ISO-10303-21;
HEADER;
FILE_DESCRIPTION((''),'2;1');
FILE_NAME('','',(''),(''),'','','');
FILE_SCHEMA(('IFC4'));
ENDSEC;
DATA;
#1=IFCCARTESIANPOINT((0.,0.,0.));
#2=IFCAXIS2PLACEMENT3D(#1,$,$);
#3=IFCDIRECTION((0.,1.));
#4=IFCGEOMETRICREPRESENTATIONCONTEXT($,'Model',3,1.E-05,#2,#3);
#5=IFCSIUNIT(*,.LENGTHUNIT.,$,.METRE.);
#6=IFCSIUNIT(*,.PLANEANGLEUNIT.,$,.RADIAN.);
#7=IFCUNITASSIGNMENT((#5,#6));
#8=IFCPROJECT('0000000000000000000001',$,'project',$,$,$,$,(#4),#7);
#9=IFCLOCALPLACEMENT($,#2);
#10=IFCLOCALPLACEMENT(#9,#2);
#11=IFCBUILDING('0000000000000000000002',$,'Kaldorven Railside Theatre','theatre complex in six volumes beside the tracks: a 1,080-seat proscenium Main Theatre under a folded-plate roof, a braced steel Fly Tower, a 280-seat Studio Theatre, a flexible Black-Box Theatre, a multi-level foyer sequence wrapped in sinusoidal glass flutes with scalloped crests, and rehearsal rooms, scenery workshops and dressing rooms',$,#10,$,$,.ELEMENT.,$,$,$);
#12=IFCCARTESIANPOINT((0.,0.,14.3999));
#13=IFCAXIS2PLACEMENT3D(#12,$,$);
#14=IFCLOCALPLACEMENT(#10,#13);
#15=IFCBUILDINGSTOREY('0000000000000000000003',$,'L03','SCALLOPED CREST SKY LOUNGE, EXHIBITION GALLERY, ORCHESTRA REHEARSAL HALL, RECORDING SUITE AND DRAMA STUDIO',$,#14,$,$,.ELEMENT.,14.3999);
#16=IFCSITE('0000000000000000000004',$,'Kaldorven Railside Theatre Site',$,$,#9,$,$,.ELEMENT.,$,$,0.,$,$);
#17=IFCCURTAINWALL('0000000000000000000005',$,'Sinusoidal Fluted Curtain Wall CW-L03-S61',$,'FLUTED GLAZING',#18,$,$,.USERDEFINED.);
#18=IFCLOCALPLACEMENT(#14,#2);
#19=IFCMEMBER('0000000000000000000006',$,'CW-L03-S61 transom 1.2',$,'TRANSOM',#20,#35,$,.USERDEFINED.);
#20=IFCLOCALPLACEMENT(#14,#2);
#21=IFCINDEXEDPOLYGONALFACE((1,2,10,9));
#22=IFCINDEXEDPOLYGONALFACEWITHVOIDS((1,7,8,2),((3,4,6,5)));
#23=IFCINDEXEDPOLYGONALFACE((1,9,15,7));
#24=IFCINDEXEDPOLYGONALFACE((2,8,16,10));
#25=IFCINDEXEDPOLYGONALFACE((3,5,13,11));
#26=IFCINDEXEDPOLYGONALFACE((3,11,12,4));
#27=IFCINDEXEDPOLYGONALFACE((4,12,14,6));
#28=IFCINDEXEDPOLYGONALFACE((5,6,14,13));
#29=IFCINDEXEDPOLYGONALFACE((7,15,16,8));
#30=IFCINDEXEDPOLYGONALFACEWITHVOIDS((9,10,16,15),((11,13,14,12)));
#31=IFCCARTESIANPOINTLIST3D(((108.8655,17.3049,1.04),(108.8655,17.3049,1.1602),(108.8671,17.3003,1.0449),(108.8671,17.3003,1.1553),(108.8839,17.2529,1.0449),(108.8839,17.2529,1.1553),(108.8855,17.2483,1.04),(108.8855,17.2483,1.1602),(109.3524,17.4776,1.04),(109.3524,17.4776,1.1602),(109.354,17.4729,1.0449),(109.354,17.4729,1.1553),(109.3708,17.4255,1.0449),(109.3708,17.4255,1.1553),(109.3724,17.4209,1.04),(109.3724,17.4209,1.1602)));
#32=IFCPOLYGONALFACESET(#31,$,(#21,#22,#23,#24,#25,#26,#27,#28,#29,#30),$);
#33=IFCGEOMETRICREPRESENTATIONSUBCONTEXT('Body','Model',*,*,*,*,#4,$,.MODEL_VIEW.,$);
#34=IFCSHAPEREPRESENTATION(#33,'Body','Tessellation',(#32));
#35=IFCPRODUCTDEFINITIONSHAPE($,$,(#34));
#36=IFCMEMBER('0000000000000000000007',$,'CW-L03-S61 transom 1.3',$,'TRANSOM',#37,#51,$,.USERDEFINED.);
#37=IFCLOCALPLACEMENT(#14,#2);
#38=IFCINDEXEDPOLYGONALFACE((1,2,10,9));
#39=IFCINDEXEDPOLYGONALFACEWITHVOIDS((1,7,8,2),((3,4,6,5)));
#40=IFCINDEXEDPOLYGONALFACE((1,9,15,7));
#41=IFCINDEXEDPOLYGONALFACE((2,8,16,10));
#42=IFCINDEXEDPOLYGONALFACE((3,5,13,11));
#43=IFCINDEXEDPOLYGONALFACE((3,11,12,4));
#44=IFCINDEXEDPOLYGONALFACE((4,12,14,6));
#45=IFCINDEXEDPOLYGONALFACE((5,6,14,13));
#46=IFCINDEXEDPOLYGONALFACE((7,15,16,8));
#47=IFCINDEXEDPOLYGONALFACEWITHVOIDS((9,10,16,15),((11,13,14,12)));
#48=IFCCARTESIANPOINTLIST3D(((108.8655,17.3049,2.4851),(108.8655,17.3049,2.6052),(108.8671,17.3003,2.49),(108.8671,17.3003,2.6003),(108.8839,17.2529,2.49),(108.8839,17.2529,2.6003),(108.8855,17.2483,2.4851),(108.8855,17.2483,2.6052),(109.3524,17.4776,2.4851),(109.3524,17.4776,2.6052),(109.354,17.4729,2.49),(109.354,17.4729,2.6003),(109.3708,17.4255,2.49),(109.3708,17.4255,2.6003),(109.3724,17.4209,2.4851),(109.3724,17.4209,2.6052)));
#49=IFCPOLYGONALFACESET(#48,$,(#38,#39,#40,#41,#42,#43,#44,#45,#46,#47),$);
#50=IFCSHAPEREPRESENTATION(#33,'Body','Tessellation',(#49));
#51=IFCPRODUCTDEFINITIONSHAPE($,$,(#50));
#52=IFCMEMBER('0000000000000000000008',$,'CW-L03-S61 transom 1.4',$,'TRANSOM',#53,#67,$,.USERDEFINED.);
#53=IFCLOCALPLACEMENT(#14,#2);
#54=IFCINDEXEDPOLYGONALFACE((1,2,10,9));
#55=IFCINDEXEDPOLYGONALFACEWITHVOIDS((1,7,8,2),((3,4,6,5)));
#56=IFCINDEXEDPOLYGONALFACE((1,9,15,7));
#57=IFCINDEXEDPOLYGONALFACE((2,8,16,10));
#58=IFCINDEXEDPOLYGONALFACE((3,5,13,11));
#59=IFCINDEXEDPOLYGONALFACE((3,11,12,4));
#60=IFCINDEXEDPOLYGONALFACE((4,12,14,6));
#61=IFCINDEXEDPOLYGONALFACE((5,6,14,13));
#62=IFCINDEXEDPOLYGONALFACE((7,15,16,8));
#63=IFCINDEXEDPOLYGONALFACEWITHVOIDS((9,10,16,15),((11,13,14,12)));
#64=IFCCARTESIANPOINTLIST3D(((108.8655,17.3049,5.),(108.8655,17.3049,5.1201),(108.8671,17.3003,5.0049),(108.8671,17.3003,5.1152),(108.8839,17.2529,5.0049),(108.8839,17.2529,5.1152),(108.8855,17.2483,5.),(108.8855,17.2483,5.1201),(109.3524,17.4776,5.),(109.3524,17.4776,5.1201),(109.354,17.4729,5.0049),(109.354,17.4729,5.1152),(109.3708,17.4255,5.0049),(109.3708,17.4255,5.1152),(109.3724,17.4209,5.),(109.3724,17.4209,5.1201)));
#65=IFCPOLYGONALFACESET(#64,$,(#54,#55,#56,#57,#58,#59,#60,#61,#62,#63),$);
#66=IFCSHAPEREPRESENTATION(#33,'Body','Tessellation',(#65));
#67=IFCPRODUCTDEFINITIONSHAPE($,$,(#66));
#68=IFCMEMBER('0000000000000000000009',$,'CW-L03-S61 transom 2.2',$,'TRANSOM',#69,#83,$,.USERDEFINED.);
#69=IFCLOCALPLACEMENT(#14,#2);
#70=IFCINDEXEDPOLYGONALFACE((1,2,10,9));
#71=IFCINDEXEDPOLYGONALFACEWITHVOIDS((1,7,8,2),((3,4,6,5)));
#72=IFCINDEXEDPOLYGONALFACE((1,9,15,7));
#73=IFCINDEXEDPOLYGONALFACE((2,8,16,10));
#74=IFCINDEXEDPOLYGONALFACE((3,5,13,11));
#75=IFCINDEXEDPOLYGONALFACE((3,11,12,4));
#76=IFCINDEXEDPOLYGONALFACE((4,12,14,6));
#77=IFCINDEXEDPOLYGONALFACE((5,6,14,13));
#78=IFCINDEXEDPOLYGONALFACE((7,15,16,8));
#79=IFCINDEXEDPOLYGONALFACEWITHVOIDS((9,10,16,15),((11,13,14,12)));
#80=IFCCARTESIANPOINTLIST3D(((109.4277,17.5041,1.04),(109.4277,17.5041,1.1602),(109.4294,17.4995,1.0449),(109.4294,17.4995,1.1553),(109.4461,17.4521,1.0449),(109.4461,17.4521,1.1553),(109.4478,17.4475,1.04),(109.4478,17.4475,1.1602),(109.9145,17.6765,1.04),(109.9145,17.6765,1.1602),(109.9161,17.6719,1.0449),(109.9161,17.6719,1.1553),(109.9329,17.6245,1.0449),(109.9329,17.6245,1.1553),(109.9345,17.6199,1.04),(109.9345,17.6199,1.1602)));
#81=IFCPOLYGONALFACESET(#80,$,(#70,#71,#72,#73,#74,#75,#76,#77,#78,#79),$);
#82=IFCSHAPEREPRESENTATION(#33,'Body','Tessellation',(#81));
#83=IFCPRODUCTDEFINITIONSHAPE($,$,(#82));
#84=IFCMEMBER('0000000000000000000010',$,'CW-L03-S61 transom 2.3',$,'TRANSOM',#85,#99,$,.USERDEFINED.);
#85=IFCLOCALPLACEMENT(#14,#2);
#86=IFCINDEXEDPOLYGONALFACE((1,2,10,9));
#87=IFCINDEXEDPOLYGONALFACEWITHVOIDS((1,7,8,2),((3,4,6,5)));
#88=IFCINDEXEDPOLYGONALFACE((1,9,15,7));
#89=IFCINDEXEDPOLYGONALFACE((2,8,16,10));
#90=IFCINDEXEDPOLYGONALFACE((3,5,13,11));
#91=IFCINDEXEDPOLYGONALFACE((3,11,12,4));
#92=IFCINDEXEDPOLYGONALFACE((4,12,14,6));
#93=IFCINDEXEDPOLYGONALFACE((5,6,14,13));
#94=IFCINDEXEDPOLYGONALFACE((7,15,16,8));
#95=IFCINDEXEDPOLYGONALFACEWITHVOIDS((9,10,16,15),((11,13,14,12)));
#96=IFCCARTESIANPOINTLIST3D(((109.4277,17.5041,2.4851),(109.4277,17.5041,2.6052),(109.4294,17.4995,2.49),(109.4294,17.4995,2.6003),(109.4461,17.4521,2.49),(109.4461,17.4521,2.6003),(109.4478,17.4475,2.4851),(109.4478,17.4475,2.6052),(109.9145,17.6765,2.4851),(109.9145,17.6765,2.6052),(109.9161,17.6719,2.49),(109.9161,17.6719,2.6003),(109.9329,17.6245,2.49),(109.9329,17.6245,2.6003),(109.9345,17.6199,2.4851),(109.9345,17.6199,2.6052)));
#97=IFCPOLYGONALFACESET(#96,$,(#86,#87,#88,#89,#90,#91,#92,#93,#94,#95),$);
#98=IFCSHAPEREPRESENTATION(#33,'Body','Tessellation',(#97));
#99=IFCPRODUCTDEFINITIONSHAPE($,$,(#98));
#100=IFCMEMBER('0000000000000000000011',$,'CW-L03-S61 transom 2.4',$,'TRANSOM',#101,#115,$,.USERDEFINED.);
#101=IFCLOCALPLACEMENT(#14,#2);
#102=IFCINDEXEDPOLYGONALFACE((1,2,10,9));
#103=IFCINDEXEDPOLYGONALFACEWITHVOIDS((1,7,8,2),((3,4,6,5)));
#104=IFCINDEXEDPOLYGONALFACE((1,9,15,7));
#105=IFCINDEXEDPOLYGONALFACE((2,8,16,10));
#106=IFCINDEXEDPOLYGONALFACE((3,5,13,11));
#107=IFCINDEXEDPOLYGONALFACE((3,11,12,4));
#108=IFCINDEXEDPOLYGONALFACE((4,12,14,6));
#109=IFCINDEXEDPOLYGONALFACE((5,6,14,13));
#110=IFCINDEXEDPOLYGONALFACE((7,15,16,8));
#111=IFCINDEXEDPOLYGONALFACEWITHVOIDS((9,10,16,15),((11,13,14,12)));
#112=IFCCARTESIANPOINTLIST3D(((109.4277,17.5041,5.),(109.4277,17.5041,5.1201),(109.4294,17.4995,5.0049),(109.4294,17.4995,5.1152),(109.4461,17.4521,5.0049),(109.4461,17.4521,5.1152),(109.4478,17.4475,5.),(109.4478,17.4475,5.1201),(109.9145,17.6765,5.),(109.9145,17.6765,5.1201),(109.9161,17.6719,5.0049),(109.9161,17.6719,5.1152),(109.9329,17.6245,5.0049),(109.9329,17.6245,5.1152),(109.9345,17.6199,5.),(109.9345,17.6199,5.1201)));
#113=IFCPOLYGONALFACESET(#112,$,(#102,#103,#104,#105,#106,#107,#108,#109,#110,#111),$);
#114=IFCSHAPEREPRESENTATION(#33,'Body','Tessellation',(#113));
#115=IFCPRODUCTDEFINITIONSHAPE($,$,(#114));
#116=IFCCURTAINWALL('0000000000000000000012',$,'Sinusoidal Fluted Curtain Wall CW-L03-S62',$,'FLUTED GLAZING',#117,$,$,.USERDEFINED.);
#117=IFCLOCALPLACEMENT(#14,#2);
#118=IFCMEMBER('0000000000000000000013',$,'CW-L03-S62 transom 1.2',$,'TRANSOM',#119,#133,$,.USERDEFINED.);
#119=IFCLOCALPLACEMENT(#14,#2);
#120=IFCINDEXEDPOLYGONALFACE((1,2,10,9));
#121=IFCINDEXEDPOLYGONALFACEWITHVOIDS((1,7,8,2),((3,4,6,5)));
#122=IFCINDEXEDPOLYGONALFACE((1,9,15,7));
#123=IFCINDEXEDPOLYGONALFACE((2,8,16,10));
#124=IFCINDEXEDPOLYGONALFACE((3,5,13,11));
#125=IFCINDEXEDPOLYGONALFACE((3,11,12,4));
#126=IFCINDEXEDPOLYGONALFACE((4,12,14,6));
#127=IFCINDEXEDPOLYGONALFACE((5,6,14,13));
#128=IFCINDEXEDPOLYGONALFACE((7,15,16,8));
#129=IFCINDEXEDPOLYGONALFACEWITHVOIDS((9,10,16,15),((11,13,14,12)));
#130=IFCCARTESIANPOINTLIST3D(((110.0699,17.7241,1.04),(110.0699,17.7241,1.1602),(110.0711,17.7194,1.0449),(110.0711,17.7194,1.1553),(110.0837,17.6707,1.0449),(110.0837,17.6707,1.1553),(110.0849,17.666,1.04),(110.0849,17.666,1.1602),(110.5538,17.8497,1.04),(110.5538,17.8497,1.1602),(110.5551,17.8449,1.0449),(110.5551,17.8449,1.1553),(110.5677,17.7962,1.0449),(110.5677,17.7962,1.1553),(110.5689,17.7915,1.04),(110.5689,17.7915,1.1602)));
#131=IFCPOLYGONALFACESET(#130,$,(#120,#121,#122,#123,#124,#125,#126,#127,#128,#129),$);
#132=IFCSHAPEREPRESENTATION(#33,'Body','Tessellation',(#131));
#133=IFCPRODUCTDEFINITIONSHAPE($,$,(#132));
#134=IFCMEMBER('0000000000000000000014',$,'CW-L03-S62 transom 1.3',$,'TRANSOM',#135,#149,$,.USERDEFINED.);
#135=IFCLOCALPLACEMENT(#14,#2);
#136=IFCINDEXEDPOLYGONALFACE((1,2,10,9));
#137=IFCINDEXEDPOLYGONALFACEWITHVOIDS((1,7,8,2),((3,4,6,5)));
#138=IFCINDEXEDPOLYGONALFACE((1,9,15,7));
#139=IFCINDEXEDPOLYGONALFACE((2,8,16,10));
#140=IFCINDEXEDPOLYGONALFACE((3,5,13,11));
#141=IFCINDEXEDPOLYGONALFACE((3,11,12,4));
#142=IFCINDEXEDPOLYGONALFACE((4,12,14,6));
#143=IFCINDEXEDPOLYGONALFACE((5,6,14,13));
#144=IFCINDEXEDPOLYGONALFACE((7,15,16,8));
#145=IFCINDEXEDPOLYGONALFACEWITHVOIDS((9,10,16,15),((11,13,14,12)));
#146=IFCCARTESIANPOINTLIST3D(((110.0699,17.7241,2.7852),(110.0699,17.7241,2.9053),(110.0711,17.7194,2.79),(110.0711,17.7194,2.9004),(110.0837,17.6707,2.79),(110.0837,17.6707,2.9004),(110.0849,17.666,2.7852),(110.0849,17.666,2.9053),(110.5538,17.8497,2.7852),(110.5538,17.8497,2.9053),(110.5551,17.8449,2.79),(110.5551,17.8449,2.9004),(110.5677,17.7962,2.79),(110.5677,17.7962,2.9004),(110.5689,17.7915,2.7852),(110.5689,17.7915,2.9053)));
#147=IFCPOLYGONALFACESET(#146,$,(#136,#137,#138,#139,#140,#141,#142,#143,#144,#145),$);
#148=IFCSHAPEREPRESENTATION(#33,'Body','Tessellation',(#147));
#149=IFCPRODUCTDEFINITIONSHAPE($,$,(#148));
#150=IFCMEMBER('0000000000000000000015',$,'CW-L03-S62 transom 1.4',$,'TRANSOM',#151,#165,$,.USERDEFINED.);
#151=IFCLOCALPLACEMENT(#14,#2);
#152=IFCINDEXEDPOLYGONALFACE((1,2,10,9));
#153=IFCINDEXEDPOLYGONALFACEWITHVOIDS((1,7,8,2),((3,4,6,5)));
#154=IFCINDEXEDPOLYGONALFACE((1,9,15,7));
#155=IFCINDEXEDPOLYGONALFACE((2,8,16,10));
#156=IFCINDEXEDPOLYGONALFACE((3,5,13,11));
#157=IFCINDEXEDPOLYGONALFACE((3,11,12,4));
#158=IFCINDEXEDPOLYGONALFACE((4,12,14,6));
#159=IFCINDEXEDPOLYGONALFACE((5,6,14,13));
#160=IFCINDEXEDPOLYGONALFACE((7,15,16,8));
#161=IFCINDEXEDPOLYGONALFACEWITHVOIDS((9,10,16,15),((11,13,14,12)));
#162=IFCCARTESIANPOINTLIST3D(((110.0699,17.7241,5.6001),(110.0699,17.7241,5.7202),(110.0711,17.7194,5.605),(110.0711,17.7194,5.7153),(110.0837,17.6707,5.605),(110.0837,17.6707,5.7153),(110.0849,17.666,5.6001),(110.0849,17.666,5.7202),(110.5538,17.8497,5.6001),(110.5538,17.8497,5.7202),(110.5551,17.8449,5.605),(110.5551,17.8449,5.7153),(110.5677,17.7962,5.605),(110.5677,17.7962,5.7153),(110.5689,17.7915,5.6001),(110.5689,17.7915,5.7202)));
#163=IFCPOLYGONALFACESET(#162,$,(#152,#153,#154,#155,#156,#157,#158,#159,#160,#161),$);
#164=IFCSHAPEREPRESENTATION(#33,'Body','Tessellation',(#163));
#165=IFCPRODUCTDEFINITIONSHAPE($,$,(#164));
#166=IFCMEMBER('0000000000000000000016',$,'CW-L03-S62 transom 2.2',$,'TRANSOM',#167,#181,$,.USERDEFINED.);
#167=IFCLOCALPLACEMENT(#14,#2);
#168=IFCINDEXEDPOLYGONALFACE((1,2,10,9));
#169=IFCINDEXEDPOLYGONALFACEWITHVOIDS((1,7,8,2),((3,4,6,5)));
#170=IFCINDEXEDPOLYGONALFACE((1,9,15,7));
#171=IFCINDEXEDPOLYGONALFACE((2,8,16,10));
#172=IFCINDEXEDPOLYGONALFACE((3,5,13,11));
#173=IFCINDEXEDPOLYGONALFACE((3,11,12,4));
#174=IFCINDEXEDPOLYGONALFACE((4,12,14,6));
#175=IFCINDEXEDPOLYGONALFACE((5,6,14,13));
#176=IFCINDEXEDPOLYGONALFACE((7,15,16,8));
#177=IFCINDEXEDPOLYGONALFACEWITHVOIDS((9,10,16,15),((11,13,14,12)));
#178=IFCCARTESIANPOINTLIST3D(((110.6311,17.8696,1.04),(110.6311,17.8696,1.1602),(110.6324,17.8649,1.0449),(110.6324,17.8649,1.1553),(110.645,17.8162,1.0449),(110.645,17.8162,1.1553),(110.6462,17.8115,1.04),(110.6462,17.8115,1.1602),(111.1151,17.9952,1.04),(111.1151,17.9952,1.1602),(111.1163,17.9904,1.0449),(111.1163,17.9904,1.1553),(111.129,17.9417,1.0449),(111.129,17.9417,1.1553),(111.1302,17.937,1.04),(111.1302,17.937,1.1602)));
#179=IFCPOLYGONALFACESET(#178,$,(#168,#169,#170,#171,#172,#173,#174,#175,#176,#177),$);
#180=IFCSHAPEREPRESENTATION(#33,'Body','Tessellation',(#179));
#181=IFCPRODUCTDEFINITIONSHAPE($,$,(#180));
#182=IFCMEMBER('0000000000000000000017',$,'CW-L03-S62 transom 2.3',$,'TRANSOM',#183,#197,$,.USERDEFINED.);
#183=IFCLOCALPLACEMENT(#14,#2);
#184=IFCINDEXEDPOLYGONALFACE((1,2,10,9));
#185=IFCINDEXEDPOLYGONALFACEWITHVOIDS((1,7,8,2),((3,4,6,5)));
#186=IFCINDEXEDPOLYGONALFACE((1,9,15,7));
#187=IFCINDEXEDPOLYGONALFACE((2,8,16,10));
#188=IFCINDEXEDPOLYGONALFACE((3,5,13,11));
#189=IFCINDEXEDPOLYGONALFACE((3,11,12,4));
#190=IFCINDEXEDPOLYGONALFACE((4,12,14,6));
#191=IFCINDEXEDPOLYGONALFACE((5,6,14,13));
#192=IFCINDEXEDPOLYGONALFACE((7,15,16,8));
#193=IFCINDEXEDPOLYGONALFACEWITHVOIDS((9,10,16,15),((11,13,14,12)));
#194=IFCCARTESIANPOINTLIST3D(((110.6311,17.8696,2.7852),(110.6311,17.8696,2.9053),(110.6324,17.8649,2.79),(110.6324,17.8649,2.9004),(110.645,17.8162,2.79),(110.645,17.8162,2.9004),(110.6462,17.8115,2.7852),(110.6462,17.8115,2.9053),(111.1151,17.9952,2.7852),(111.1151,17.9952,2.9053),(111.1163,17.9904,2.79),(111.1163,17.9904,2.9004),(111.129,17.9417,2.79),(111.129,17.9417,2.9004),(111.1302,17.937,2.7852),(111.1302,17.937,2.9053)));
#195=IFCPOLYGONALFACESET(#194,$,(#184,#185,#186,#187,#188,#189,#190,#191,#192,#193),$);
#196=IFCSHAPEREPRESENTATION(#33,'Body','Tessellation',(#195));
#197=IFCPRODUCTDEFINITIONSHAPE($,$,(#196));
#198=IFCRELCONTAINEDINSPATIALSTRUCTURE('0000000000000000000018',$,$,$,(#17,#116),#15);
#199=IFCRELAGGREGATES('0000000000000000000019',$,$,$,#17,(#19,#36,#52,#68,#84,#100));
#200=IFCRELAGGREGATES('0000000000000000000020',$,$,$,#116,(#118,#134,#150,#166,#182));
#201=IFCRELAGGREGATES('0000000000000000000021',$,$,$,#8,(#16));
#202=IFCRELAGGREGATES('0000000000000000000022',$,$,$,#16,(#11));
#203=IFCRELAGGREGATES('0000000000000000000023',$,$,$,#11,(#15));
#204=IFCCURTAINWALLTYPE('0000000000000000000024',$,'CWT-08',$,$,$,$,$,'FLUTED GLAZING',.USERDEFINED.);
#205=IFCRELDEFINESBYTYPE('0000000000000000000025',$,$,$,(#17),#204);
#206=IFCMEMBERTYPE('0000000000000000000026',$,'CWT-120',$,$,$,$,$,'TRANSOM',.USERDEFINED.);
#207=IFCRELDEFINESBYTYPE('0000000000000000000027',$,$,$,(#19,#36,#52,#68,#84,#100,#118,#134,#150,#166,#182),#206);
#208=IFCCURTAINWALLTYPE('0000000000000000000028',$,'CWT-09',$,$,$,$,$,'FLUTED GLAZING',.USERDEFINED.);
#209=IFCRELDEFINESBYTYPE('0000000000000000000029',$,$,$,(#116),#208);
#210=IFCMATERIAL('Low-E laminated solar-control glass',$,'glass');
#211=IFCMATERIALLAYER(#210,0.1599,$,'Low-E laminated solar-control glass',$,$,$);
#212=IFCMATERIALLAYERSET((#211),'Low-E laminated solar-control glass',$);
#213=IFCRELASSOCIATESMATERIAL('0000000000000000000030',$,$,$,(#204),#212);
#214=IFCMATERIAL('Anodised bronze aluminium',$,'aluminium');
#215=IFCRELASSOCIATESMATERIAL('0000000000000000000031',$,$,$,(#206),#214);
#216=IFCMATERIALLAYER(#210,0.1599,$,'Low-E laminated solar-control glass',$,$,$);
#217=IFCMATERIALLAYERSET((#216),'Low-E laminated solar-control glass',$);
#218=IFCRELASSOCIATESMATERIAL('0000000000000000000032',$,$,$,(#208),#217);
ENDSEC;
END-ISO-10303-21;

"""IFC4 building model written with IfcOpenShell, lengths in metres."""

from ifc_helpers import new_model, si_unit, direction, frame, origin, origin_2d, place, context, subcontext, project, spatial, hollow_rectangle, extrude, material, layer, layer_set, material_profile, profile_set, type_object, element, aggregate, save


model = new_model("IFC4")

# Units and contexts
model_context = context("Model", 3, precision=1e-05, world=origin(), true_north=direction((0.0, 1.0)))
body_context = subcontext(model_context, "Body", "Model", "MODEL_VIEW")
ifc_project = project(units=[si_unit("LENGTHUNIT", "METRE"), si_unit("PLANEANGLEUNIT", "RADIAN")], contexts=[model_context])

# Site, building, storey
site_placement = place(None, origin())
site = spatial("IfcSite", under=ifc_project, at=site_placement, Name="Kaldorven Railside Theatre Site", CompositionType="ELEMENT", RefElevation=0.0)
building_placement = place(site_placement, origin())
building = spatial("IfcBuilding", under=site, at=building_placement, Name="Kaldorven Railside Theatre", Description="theatre complex in six volumes beside the tracks: a 1,080-seat proscenium Main Theatre under a folded-plate roof, a braced steel Fly Tower, a 280-seat Studio Theatre, a flexible Black-Box Theatre, a multi-level foyer sequence wrapped in sinusoidal glass flutes with scalloped crests, and rehearsal rooms, scenery workshops and dressing rooms", CompositionType="ELEMENT")
storey_placement = place(building_placement, frame((0.0, 0.0, 14.3999)))
storey = spatial("IfcBuildingStorey", under=building, at=storey_placement, Name="L03", Description="SCALLOPED CREST SKY LOUNGE, EXHIBITION GALLERY, ORCHESTRA REHEARSAL HALL, RECORDING SUITE AND DRAMA STUDIO", CompositionType="ELEMENT", Elevation=14.3999)

# Curtain walls, members
ifc_material_1 = material(Name="Low-E laminated solar-control glass", Category="glass")
ifc_layer_1 = layer(ifc_material_1, 0.1599, Name="Low-E laminated solar-control glass")
ifc_layer_set_1 = layer_set([ifc_layer_1], Name="Low-E laminated solar-control glass")
curtain_wall_type_1 = type_object("IfcCurtainWallType", Name="CWT-08", ElementType="FLUTED GLAZING", PredefinedType="USERDEFINED", material=ifc_layer_set_1)
curtain_wall_1_placement = place(storey_placement, origin())
curtain_wall_1 = element("IfcCurtainWall", 1, at=curtain_wall_1_placement, inside=storey, type_object=curtain_wall_type_1, Name="Sinusoidal Fluted Curtain Wall CW-L03-S61", ObjectType="FLUTED GLAZING", PredefinedType="USERDEFINED")
ifc_material_2 = material(Name="Anodised bronze aluminium", Category="aluminium")
ifc_material_profile = material_profile(ifc_material_2, hollow_rectangle(XDim=0.0601, YDim=0.1201, WallThickness=0.0049, at=origin_2d()), Name="RHS 120x60x5")
ifc_profile_set = profile_set([ifc_material_profile], Name="Anodised bronze aluminium")
member_type = type_object("IfcMemberType", Name="CWT-120", ElementType="TRANSOM", PredefinedType="USERDEFINED", material=ifc_profile_set)
member_1_placement = place(storey_placement, frame((108.8755, 17.2766, 1.1001), z_axis=(0.942509, 0.33418, 0.0), x_axis=(-0.33418, 0.942509, 0.0)))
member_1 = element("IfcMember", 2, at=member_1_placement, type_object=member_type, Name="CW-L03-S61 transom 1.2", ObjectType="TRANSOM", PredefinedType="USERDEFINED", context=body_context, shape_type="SweptSolid", body=[
    extrude(hollow_rectangle(XDim=0.0601, YDim=0.1201, WallThickness=0.0049, at=origin_2d()), origin(), (0.0, 0.0, 1.0), 0.5166),
])
member_2_placement = place(storey_placement, frame((108.8755, 17.2766, 2.5452), z_axis=(0.942509, 0.33418, 0.0), x_axis=(-0.33418, 0.942509, 0.0)))
member_2 = element("IfcMember", 3, at=member_2_placement, type_object=member_type, Name="CW-L03-S61 transom 1.3", ObjectType="TRANSOM", PredefinedType="USERDEFINED", context=body_context, shape_type="SweptSolid", body=[
    extrude(hollow_rectangle(XDim=0.0601, YDim=0.1201, WallThickness=0.0049, at=origin_2d()), origin(), (0.0, 0.0, 1.0), 0.5166),
])
member_3_placement = place(storey_placement, frame((108.8755, 17.2766, 5.0601), z_axis=(0.942509, 0.33418, 0.0), x_axis=(-0.33418, 0.942509, 0.0)))
member_3 = element("IfcMember", 4, at=member_3_placement, type_object=member_type, Name="CW-L03-S61 transom 1.4", ObjectType="TRANSOM", PredefinedType="USERDEFINED", context=body_context, shape_type="SweptSolid", body=[
    extrude(hollow_rectangle(XDim=0.0601, YDim=0.1201, WallThickness=0.0049, at=origin_2d()), origin(), (0.0, 0.0, 1.0), 0.5166),
])
member_4_placement = place(storey_placement, frame((109.4377, 17.4758, 1.1001), z_axis=(0.942658, 0.33376, 0.0), x_axis=(-0.33376, 0.942658, 0.0)))
member_4 = element("IfcMember", 5, at=member_4_placement, type_object=member_type, Name="CW-L03-S61 transom 2.2", ObjectType="TRANSOM", PredefinedType="USERDEFINED", context=body_context, shape_type="SweptSolid", body=[
    extrude(hollow_rectangle(XDim=0.0601, YDim=0.1201, WallThickness=0.0049, at=origin_2d()), origin(), (0.0, 0.0, 1.0), 0.5164),
])
member_5_placement = place(storey_placement, frame((109.4377, 17.4758, 2.5452), z_axis=(0.942658, 0.33376, 0.0), x_axis=(-0.33376, 0.942658, 0.0)))
member_5 = element("IfcMember", 6, at=member_5_placement, type_object=member_type, Name="CW-L03-S61 transom 2.3", ObjectType="TRANSOM", PredefinedType="USERDEFINED", context=body_context, shape_type="SweptSolid", body=[
    extrude(hollow_rectangle(XDim=0.0601, YDim=0.1201, WallThickness=0.0049, at=origin_2d()), origin(), (0.0, 0.0, 1.0), 0.5164),
])
member_6_placement = place(storey_placement, frame((109.4377, 17.4758, 5.0601), z_axis=(0.942658, 0.33376, 0.0), x_axis=(-0.33376, 0.942658, 0.0)))
member_6 = element("IfcMember", 7, at=member_6_placement, type_object=member_type, Name="CW-L03-S61 transom 2.4", ObjectType="TRANSOM", PredefinedType="USERDEFINED", context=body_context, shape_type="SweptSolid", body=[
    extrude(hollow_rectangle(XDim=0.0601, YDim=0.1201, WallThickness=0.0049, at=origin_2d()), origin(), (0.0, 0.0, 1.0), 0.5164),
])
ifc_layer_2 = layer(ifc_material_1, 0.1599, Name="Low-E laminated solar-control glass")
ifc_layer_set_2 = layer_set([ifc_layer_2], Name="Low-E laminated solar-control glass")
curtain_wall_type_2 = type_object("IfcCurtainWallType", Name="CWT-09", ElementType="FLUTED GLAZING", PredefinedType="USERDEFINED", material=ifc_layer_set_2)
curtain_wall_2_placement = place(storey_placement, origin())
curtain_wall_2 = element("IfcCurtainWall", 8, at=curtain_wall_2_placement, inside=storey, type_object=curtain_wall_type_2, Name="Sinusoidal Fluted Curtain Wall CW-L03-S62", ObjectType="FLUTED GLAZING", PredefinedType="USERDEFINED")
member_7_placement = place(storey_placement, frame((110.0774, 17.6951, 1.1001), z_axis=(0.967979, 0.25103, 0.0), x_axis=(-0.25103, 0.967979, 0.0)))
member_7 = element("IfcMember", 9, at=member_7_placement, type_object=member_type, Name="CW-L03-S62 transom 1.2", ObjectType="TRANSOM", PredefinedType="USERDEFINED", context=body_context, shape_type="SweptSolid", body=[
    extrude(hollow_rectangle(XDim=0.0601, YDim=0.1201, WallThickness=0.0049, at=origin_2d()), origin(), (0.0, 0.0, 1.0), 0.5),
])
member_8_placement = place(storey_placement, frame((110.0774, 17.6951, 2.8452), z_axis=(0.967979, 0.25103, 0.0), x_axis=(-0.25103, 0.967979, 0.0)))
member_8 = element("IfcMember", 10, at=member_8_placement, type_object=member_type, Name="CW-L03-S62 transom 1.3", ObjectType="TRANSOM", PredefinedType="USERDEFINED", context=body_context, shape_type="SweptSolid", body=[
    extrude(hollow_rectangle(XDim=0.0601, YDim=0.1201, WallThickness=0.0049, at=origin_2d()), origin(), (0.0, 0.0, 1.0), 0.5),
])
member_9_placement = place(storey_placement, frame((110.0774, 17.6951, 5.6602), z_axis=(0.967979, 0.25103, 0.0), x_axis=(-0.25103, 0.967979, 0.0)))
member_9 = element("IfcMember", 11, at=member_9_placement, type_object=member_type, Name="CW-L03-S62 transom 1.4", ObjectType="TRANSOM", PredefinedType="USERDEFINED", context=body_context, shape_type="SweptSolid", body=[
    extrude(hollow_rectangle(XDim=0.0601, YDim=0.1201, WallThickness=0.0049, at=origin_2d()), origin(), (0.0, 0.0, 1.0), 0.5),
])
member_10_placement = place(storey_placement, frame((110.6387, 17.8406, 1.1001), z_axis=(0.967979, 0.25103, 0.0), x_axis=(-0.25103, 0.967979, 0.0)))
member_10 = element("IfcMember", 12, at=member_10_placement, type_object=member_type, Name="CW-L03-S62 transom 2.2", ObjectType="TRANSOM", PredefinedType="USERDEFINED", context=body_context, shape_type="SweptSolid", body=[
    extrude(hollow_rectangle(XDim=0.0601, YDim=0.1201, WallThickness=0.0049, at=origin_2d()), origin(), (0.0, 0.0, 1.0), 0.5),
])
member_11_placement = place(storey_placement, frame((110.6387, 17.8406, 2.8452), z_axis=(0.967979, 0.25103, 0.0), x_axis=(-0.25103, 0.967979, 0.0)))
member_11 = element("IfcMember", 13, at=member_11_placement, type_object=member_type, Name="CW-L03-S62 transom 2.3", ObjectType="TRANSOM", PredefinedType="USERDEFINED", context=body_context, shape_type="SweptSolid", body=[
    extrude(hollow_rectangle(XDim=0.0601, YDim=0.1201, WallThickness=0.0049, at=origin_2d()), origin(), (0.0, 0.0, 1.0), 0.5),
])

aggregate(curtain_wall_1, [member_1, member_2, member_3, member_4, member_5, member_6])
aggregate(curtain_wall_2, [member_7, member_8, member_9, member_10, member_11])

save(model, "model.ifc")
